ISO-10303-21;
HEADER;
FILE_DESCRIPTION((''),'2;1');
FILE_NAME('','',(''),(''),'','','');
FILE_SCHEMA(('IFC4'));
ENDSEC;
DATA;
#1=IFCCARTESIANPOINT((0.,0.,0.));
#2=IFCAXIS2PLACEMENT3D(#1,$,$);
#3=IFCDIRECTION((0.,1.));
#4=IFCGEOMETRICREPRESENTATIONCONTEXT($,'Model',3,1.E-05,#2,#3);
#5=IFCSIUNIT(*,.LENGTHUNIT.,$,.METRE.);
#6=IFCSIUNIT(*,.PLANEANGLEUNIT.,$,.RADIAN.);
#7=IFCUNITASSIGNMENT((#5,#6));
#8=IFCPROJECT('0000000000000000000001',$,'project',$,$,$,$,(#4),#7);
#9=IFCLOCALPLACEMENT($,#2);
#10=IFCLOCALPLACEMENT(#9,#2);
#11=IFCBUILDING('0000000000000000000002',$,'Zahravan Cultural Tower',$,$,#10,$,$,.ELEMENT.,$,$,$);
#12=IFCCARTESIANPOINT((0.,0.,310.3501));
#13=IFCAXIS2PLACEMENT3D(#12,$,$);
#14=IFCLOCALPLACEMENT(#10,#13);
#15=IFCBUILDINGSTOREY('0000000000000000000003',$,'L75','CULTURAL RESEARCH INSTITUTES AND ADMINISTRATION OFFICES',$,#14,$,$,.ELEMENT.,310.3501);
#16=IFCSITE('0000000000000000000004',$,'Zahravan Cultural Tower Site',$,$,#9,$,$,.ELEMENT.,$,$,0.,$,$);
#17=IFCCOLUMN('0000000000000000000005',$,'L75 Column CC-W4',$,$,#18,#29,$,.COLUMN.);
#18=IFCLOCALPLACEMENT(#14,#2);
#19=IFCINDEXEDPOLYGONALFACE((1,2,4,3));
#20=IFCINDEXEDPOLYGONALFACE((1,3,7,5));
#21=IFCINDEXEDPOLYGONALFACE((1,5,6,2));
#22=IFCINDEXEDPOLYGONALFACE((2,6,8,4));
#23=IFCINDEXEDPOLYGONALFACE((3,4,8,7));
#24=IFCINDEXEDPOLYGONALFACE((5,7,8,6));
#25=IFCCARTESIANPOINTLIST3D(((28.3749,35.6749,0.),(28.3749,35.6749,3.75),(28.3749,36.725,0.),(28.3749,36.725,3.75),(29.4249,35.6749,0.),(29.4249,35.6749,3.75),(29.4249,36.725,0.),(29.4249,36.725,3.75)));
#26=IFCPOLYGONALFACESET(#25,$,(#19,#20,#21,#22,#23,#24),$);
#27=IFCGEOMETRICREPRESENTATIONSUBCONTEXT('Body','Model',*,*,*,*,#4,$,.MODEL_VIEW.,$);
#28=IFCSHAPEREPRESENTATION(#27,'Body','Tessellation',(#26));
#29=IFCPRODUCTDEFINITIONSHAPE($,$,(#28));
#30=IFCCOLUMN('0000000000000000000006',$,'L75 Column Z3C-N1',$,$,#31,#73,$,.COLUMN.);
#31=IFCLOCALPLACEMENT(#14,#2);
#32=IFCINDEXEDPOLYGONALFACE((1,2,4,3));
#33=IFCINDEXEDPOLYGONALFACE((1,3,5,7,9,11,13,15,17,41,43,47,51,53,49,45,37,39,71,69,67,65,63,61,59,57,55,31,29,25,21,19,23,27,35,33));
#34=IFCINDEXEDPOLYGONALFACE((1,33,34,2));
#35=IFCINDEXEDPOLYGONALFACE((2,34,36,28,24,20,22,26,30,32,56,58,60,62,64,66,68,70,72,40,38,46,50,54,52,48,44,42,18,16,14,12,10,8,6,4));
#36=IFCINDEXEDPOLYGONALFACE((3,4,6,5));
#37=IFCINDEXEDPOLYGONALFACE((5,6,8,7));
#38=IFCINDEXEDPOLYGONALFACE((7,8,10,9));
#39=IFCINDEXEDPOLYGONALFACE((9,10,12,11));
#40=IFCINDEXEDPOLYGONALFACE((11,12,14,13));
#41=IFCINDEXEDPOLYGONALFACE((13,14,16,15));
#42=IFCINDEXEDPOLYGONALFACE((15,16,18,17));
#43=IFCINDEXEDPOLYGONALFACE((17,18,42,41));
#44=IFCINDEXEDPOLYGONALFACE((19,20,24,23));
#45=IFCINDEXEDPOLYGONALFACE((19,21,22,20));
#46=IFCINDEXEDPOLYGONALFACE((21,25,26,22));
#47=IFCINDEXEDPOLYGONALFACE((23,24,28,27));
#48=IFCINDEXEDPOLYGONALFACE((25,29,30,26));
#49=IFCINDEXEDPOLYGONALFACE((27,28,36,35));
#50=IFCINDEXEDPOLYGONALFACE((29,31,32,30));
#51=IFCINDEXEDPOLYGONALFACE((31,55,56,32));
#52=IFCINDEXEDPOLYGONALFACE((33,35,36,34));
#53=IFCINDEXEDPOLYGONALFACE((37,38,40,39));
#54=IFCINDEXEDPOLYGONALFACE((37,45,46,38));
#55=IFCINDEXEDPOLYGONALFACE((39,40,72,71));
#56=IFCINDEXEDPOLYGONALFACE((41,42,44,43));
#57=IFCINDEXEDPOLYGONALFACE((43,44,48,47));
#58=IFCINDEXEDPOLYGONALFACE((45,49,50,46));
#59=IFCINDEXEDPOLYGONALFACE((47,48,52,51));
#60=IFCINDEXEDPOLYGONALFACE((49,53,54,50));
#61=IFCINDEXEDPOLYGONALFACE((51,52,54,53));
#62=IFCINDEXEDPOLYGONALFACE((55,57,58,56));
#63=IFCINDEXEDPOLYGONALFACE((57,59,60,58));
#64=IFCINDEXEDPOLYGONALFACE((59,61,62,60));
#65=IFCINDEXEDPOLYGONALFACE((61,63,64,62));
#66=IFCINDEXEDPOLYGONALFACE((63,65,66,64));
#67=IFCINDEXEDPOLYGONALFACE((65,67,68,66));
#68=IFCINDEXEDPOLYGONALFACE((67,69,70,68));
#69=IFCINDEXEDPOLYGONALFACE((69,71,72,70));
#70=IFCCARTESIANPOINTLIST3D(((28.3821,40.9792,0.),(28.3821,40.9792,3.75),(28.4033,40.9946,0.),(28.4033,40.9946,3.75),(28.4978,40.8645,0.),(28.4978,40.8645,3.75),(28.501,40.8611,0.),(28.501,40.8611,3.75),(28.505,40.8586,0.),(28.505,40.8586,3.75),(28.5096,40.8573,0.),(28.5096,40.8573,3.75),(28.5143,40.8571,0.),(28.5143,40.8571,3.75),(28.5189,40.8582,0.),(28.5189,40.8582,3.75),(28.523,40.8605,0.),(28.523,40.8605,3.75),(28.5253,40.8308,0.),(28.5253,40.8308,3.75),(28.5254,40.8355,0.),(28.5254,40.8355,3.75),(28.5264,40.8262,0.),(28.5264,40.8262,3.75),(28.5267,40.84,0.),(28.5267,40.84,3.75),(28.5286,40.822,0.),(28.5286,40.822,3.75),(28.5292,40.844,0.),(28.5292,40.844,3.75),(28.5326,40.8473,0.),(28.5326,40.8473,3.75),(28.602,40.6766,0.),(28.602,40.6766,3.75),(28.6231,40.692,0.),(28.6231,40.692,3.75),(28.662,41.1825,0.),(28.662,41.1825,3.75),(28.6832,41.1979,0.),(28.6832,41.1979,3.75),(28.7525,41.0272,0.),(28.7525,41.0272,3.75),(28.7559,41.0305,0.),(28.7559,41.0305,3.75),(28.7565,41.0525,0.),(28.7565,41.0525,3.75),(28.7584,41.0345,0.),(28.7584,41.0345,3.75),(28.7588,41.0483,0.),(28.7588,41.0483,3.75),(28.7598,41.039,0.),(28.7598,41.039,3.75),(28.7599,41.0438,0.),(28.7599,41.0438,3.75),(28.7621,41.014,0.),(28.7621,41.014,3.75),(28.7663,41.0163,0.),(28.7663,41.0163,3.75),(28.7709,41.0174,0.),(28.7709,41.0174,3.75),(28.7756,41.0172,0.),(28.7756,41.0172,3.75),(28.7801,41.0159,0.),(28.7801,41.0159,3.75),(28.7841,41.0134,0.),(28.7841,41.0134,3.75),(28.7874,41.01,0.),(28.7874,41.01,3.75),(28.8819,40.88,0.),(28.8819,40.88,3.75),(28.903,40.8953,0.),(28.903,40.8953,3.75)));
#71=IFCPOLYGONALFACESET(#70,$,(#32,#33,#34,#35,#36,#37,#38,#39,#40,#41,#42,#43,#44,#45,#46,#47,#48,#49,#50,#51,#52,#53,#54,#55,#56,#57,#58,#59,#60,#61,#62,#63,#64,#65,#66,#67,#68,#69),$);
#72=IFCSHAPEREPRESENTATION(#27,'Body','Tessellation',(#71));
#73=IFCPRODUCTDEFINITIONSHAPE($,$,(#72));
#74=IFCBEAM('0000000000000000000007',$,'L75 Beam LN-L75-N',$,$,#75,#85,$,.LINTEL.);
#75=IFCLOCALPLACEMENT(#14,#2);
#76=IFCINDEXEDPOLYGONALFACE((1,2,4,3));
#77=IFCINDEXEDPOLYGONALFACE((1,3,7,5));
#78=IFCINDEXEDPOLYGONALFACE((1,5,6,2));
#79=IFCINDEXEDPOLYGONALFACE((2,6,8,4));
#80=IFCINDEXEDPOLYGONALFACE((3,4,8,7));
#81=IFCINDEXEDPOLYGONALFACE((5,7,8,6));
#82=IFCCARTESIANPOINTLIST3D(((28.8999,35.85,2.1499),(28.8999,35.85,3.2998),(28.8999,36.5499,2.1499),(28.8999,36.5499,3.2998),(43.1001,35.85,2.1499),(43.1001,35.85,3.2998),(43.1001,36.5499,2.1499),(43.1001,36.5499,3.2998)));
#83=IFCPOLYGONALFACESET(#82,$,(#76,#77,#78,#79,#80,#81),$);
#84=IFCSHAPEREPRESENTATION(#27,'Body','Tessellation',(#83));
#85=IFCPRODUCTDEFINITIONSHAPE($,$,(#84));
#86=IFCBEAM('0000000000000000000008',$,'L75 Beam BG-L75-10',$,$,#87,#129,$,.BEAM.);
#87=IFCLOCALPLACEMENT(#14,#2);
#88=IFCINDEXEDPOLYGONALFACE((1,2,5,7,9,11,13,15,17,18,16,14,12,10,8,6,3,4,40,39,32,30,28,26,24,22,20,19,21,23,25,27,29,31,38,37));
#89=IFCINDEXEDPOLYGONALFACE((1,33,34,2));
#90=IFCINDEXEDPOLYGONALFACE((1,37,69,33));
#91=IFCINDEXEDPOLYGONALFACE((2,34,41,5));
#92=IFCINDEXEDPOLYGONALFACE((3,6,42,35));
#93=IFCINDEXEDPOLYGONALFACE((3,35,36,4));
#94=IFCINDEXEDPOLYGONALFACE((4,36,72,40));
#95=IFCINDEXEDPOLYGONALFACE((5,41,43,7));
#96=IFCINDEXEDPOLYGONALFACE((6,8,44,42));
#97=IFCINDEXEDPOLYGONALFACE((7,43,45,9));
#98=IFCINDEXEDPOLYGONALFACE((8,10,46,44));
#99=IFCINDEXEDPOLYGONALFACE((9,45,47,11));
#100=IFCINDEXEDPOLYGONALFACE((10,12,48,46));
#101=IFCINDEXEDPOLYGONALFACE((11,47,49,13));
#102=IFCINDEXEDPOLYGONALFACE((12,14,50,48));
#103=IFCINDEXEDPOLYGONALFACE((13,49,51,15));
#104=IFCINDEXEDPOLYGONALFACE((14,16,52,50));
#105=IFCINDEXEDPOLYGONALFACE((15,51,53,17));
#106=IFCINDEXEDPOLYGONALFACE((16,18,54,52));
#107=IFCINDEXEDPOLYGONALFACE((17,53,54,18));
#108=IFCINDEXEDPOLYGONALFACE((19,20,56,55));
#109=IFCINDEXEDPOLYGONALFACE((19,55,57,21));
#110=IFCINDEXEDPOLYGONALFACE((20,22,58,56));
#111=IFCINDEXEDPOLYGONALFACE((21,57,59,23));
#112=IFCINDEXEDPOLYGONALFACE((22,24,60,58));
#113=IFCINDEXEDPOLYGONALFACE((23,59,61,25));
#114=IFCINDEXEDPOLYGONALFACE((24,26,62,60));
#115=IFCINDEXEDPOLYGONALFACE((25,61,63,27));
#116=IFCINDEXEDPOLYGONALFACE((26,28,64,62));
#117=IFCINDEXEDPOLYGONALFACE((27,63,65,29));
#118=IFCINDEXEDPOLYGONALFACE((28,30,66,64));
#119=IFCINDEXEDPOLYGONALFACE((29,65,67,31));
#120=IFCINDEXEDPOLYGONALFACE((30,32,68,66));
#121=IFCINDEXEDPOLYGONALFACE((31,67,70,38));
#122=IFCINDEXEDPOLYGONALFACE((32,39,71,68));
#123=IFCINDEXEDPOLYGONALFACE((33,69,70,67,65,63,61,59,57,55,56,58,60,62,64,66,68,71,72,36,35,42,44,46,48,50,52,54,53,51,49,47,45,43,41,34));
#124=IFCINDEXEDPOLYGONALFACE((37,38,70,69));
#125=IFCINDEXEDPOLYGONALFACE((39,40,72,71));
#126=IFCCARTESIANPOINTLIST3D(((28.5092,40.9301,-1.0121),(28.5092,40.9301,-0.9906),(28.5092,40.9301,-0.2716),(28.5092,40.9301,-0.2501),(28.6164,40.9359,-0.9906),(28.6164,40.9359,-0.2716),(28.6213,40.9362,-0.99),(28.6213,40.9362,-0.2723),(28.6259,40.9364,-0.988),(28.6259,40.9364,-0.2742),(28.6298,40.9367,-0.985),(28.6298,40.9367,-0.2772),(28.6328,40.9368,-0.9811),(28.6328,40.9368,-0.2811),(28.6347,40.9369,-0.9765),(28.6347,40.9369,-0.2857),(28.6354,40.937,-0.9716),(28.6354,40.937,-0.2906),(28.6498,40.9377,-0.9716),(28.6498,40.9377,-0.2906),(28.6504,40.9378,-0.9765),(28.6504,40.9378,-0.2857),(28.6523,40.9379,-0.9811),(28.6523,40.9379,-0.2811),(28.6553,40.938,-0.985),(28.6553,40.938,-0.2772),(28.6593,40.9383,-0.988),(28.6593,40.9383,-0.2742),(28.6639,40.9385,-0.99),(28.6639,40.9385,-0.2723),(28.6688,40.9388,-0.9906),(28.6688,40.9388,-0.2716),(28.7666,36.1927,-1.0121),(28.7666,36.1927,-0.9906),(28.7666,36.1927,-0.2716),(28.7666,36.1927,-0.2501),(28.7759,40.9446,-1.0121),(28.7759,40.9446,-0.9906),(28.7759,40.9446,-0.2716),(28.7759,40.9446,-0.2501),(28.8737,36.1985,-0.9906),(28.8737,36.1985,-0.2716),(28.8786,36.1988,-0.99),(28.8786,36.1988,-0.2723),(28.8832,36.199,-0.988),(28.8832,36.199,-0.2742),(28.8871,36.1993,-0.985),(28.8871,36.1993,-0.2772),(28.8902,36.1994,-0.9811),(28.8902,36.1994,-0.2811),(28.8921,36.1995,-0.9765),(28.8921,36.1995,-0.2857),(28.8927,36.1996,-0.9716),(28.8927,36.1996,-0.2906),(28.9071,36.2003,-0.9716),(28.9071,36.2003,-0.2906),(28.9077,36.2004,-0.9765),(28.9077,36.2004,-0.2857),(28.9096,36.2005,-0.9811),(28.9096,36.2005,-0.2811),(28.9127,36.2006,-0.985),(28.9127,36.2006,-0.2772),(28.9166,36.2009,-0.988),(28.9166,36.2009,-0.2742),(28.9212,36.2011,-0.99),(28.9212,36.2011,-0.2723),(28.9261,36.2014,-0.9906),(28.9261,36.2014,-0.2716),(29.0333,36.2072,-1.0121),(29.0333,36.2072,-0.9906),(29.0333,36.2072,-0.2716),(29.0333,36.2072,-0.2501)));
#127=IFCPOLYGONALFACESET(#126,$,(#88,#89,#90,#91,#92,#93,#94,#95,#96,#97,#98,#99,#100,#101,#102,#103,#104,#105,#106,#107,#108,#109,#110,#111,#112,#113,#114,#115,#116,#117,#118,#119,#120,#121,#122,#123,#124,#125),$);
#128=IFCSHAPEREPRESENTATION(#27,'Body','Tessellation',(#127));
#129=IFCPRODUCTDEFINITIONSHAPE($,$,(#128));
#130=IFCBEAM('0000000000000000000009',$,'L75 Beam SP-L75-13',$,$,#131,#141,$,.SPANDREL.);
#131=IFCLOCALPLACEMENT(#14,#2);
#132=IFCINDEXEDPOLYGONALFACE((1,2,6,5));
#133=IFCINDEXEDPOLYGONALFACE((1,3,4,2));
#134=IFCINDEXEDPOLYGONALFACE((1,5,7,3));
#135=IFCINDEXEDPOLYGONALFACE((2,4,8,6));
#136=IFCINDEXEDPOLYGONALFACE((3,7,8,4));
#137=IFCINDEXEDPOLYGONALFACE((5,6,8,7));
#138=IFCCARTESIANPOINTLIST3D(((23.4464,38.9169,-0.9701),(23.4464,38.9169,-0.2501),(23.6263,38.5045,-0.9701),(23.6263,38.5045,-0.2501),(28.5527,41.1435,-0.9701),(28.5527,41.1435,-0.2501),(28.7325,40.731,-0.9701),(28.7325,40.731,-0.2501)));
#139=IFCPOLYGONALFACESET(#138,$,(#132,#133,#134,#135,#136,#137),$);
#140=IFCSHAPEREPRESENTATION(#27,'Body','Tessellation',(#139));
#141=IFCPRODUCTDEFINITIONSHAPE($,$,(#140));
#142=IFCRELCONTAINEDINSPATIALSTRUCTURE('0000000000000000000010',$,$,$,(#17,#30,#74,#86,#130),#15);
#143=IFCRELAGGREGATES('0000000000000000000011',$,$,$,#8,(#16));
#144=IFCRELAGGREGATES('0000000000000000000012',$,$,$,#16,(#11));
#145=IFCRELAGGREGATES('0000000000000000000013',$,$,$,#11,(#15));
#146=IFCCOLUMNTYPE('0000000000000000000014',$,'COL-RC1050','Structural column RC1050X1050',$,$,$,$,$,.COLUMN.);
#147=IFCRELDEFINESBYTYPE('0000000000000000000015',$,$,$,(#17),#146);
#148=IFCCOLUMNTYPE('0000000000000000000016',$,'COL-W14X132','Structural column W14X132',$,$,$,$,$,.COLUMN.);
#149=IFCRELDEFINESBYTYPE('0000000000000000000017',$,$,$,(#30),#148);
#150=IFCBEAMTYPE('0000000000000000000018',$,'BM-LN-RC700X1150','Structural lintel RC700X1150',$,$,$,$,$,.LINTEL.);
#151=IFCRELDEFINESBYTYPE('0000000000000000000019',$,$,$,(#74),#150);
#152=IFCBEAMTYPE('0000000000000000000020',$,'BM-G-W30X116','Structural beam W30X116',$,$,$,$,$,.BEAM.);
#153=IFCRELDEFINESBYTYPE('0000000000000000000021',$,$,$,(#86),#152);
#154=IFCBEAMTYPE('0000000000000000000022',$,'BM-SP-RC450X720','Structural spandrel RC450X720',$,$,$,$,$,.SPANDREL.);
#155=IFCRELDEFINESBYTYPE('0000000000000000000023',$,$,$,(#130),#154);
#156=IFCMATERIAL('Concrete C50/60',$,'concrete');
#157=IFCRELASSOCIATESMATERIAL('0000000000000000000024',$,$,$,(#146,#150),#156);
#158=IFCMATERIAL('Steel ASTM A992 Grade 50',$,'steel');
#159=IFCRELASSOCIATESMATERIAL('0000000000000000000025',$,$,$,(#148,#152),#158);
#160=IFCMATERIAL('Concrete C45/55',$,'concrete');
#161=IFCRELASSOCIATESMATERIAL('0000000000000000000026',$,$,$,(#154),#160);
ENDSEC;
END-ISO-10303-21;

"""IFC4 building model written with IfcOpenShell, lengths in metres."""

from ifc_helpers import new_model, si_unit, direction, frame, origin, origin_2d, place, context, subcontext, project, spatial, rectangle, i_section, extrude, source, transform, mapped, material, material_profile, profile_set, type_object, element, save


model = new_model("IFC4")

# Units and contexts
model_context = context("Model", 3, precision=1e-05, world=origin(), true_north=direction((0.0, 1.0)))
body_context = subcontext(model_context, "Body", "Model", "MODEL_VIEW")
ifc_project = project(units=[si_unit("LENGTHUNIT", "METRE"), si_unit("PLANEANGLEUNIT", "RADIAN")], contexts=[model_context])

# Site, building, storey
site_placement = place(None, origin())
site = spatial("IfcSite", under=ifc_project, at=site_placement, Name="Zahravan Cultural Tower Site", CompositionType="ELEMENT", RefElevation=0.0)
building_placement = place(site_placement, origin())
building = spatial("IfcBuilding", under=site, at=building_placement, Name="Zahravan Cultural Tower", CompositionType="ELEMENT")
storey_placement = place(building_placement, frame((0.0, 0.0, 310.3501)))
storey = spatial("IfcBuildingStorey", under=building, at=storey_placement, Name="L75", Description="CULTURAL RESEARCH INSTITUTES AND ADMINISTRATION OFFICES", CompositionType="ELEMENT", Elevation=310.3501)

# Columns
ifc_material_1 = material(Name="Concrete C50/60", Category="concrete")
ifc_material_profile_1 = material_profile(ifc_material_1, rectangle(XDim=1.05, YDim=1.05, at=origin_2d()), Name="RC1050X1050")
ifc_profile_set_1 = profile_set([ifc_material_profile_1], Name="Concrete C50/60")
column_type_1 = type_object("IfcColumnType", Name="COL-RC1050", Description="Structural column RC1050X1050", PredefinedType="COLUMN", material=ifc_profile_set_1)
shared_shape_1 = source(origin(), body_context, "Body", "SweptSolid", [
    extrude(rectangle(XDim=1.05, YDim=1.05, at=origin_2d()), origin(), (0.0, 0.0, 1.0), 3.75),
])
column_1_placement = place(storey_placement, frame((28.8999, 36.2, 0.0), z_axis=(0.0, 0.0, 1.0), x_axis=(1.0, 0.0, 0.0)))
element("IfcColumn", 1, at=column_1_placement, inside=storey, type_object=column_type_1, Name="L75 Column CC-W4", PredefinedType="COLUMN", context=body_context, shape_type="MappedRepresentation", body=[
    mapped(shared_shape_1, transform((0.0, 0.0, 0.0), x_axis=(1.0, 0.0, 0.0), y_axis=(0.0, 1.0, 0.0), z_axis=(0.0, 0.0, 1.0), scale=1.0)),
])
ifc_material_2 = material(Name="Steel ASTM A992 Grade 50", Category="steel")
ifc_material_profile_2 = material_profile(ifc_material_2, i_section(OverallWidth=0.374, OverallDepth=0.3721, WebThickness=0.0164, FlangeThickness=0.0261, FilletRadius=0.0181, at=origin_2d()), Name="W14X132")
ifc_profile_set_2 = profile_set([ifc_material_profile_2], Name="Steel ASTM A992 Grade 50")
column_type_2 = type_object("IfcColumnType", Name="COL-W14X132", Description="Structural column W14X132", PredefinedType="COLUMN", material=ifc_profile_set_2)
shared_shape_2 = source(origin(), body_context, "Body", "SweptSolid", [
    extrude(i_section(OverallWidth=0.374, OverallDepth=0.3721, WebThickness=0.0164, FlangeThickness=0.0261, FilletRadius=0.0181, at=origin_2d()), origin(), (0.0, 0.0, 1.0), 3.75),
])
column_2_placement = place(storey_placement, frame((28.6426, 40.9373, 0.0), z_axis=(0.0, 0.0, 1.0), x_axis=(-0.587785, 0.809017, 0.0)))
element("IfcColumn", 2, at=column_2_placement, inside=storey, type_object=column_type_2, Name="L75 Column Z3C-N1", PredefinedType="COLUMN", context=body_context, shape_type="MappedRepresentation", body=[
    mapped(shared_shape_2, transform((0.0, 0.0, 0.0), x_axis=(1.0, 0.0, 0.0), y_axis=(0.0, 1.0, 0.0), z_axis=(0.0, 0.0, 1.0), scale=1.0)),
])

# Beams
ifc_material_profile_3 = material_profile(ifc_material_1, rectangle(XDim=0.7, YDim=1.1499, at=origin_2d()), Name="RC700X1150")
ifc_profile_set_3 = profile_set([ifc_material_profile_3], Name="Concrete C50/60")
beam_type_1 = type_object("IfcBeamType", Name="BM-LN-RC700X1150", Description="Structural lintel RC700X1150", PredefinedType="LINTEL", material=ifc_profile_set_3)
shared_shape_3 = source(origin(), body_context, "Body", "SweptSolid", [
    extrude(rectangle(XDim=0.7, YDim=1.1499, at=origin_2d()), origin(), (0.0, 0.0, 1.0), 14.2002),
])
beam_1_placement = place(storey_placement, frame((28.8999, 36.2, 2.7249), z_axis=(1.0, 0.0, 0.0), x_axis=(0.0, 1.0, 0.0)))
element("IfcBeam", 3, at=beam_1_placement, inside=storey, type_object=beam_type_1, Name="L75 Beam LN-L75-N", PredefinedType="LINTEL", context=body_context, shape_type="MappedRepresentation", body=[
    mapped(shared_shape_3, transform((0.0, 0.0, 0.0), x_axis=(1.0, 0.0, 0.0), y_axis=(0.0, 1.0, 0.0), z_axis=(0.0, 0.0, 1.0), scale=1.0)),
])
ifc_material_profile_4 = material_profile(ifc_material_2, i_section(OverallWidth=0.2671, OverallDepth=0.762, WebThickness=0.0144, FlangeThickness=0.0215, FilletRadius=0.019, at=origin_2d()), Name="W30X116")
ifc_profile_set_4 = profile_set([ifc_material_profile_4], Name="Steel ASTM A992 Grade 50")
beam_type_2 = type_object("IfcBeamType", Name="BM-G-W30X116", Description="Structural beam W30X116", PredefinedType="BEAM", material=ifc_profile_set_4)
shared_shape_4 = source(origin(), body_context, "Body", "SweptSolid", [
    extrude(i_section(OverallWidth=0.2671, OverallDepth=0.762, WebThickness=0.0144, FlangeThickness=0.0215, FilletRadius=0.019, at=origin_2d()), origin(), (0.0, 0.0, 1.0), 4.7444),
])
beam_2_placement = place(storey_placement, frame((28.8999, 36.2, -0.6311), z_axis=(-0.054239, 0.998528, 0.0), x_axis=(-0.998528, -0.054239, 0.0)))
element("IfcBeam", 4, at=beam_2_placement, inside=storey, type_object=beam_type_2, Name="L75 Beam BG-L75-10", PredefinedType="BEAM", context=body_context, shape_type="MappedRepresentation", body=[
    mapped(shared_shape_4, transform((0.0, 0.0, 0.0), x_axis=(1.0, 0.0, 0.0), y_axis=(0.0, 1.0, 0.0), z_axis=(0.0, 0.0, 1.0), scale=1.0)),
])
ifc_material_3 = material(Name="Concrete C45/55", Category="concrete")
ifc_material_profile_5 = material_profile(ifc_material_3, rectangle(XDim=0.45, YDim=0.72, at=origin_2d()), Name="RC450X720")
ifc_profile_set_5 = profile_set([ifc_material_profile_5], Name="Concrete C45/55")
beam_type_3 = type_object("IfcBeamType", Name="BM-SP-RC450X720", Description="Structural spandrel RC450X720", PredefinedType="SPANDREL", material=ifc_profile_set_5)
shared_shape_5 = source(origin(), body_context, "Body", "SweptSolid", [
    extrude(rectangle(XDim=0.45, YDim=0.72, at=origin_2d()), origin(), (0.0, 0.0, 1.0), 5.5706),
])
beam_3_placement = place(storey_placement, frame((28.6426, 40.9373, -0.6101), z_axis=(-0.916645, -0.399703, 0.0), x_axis=(0.399703, -0.916645, 0.0)))
element("IfcBeam", 5, at=beam_3_placement, inside=storey, type_object=beam_type_3, Name="L75 Beam SP-L75-13", PredefinedType="SPANDREL", context=body_context, shape_type="MappedRepresentation", body=[
    mapped(shared_shape_5, transform((0.0, 0.0, 0.0), x_axis=(1.0, 0.0, 0.0), y_axis=(0.0, 1.0, 0.0), z_axis=(0.0, 0.0, 1.0), scale=1.0)),
])

save(model, "model.ifc")
